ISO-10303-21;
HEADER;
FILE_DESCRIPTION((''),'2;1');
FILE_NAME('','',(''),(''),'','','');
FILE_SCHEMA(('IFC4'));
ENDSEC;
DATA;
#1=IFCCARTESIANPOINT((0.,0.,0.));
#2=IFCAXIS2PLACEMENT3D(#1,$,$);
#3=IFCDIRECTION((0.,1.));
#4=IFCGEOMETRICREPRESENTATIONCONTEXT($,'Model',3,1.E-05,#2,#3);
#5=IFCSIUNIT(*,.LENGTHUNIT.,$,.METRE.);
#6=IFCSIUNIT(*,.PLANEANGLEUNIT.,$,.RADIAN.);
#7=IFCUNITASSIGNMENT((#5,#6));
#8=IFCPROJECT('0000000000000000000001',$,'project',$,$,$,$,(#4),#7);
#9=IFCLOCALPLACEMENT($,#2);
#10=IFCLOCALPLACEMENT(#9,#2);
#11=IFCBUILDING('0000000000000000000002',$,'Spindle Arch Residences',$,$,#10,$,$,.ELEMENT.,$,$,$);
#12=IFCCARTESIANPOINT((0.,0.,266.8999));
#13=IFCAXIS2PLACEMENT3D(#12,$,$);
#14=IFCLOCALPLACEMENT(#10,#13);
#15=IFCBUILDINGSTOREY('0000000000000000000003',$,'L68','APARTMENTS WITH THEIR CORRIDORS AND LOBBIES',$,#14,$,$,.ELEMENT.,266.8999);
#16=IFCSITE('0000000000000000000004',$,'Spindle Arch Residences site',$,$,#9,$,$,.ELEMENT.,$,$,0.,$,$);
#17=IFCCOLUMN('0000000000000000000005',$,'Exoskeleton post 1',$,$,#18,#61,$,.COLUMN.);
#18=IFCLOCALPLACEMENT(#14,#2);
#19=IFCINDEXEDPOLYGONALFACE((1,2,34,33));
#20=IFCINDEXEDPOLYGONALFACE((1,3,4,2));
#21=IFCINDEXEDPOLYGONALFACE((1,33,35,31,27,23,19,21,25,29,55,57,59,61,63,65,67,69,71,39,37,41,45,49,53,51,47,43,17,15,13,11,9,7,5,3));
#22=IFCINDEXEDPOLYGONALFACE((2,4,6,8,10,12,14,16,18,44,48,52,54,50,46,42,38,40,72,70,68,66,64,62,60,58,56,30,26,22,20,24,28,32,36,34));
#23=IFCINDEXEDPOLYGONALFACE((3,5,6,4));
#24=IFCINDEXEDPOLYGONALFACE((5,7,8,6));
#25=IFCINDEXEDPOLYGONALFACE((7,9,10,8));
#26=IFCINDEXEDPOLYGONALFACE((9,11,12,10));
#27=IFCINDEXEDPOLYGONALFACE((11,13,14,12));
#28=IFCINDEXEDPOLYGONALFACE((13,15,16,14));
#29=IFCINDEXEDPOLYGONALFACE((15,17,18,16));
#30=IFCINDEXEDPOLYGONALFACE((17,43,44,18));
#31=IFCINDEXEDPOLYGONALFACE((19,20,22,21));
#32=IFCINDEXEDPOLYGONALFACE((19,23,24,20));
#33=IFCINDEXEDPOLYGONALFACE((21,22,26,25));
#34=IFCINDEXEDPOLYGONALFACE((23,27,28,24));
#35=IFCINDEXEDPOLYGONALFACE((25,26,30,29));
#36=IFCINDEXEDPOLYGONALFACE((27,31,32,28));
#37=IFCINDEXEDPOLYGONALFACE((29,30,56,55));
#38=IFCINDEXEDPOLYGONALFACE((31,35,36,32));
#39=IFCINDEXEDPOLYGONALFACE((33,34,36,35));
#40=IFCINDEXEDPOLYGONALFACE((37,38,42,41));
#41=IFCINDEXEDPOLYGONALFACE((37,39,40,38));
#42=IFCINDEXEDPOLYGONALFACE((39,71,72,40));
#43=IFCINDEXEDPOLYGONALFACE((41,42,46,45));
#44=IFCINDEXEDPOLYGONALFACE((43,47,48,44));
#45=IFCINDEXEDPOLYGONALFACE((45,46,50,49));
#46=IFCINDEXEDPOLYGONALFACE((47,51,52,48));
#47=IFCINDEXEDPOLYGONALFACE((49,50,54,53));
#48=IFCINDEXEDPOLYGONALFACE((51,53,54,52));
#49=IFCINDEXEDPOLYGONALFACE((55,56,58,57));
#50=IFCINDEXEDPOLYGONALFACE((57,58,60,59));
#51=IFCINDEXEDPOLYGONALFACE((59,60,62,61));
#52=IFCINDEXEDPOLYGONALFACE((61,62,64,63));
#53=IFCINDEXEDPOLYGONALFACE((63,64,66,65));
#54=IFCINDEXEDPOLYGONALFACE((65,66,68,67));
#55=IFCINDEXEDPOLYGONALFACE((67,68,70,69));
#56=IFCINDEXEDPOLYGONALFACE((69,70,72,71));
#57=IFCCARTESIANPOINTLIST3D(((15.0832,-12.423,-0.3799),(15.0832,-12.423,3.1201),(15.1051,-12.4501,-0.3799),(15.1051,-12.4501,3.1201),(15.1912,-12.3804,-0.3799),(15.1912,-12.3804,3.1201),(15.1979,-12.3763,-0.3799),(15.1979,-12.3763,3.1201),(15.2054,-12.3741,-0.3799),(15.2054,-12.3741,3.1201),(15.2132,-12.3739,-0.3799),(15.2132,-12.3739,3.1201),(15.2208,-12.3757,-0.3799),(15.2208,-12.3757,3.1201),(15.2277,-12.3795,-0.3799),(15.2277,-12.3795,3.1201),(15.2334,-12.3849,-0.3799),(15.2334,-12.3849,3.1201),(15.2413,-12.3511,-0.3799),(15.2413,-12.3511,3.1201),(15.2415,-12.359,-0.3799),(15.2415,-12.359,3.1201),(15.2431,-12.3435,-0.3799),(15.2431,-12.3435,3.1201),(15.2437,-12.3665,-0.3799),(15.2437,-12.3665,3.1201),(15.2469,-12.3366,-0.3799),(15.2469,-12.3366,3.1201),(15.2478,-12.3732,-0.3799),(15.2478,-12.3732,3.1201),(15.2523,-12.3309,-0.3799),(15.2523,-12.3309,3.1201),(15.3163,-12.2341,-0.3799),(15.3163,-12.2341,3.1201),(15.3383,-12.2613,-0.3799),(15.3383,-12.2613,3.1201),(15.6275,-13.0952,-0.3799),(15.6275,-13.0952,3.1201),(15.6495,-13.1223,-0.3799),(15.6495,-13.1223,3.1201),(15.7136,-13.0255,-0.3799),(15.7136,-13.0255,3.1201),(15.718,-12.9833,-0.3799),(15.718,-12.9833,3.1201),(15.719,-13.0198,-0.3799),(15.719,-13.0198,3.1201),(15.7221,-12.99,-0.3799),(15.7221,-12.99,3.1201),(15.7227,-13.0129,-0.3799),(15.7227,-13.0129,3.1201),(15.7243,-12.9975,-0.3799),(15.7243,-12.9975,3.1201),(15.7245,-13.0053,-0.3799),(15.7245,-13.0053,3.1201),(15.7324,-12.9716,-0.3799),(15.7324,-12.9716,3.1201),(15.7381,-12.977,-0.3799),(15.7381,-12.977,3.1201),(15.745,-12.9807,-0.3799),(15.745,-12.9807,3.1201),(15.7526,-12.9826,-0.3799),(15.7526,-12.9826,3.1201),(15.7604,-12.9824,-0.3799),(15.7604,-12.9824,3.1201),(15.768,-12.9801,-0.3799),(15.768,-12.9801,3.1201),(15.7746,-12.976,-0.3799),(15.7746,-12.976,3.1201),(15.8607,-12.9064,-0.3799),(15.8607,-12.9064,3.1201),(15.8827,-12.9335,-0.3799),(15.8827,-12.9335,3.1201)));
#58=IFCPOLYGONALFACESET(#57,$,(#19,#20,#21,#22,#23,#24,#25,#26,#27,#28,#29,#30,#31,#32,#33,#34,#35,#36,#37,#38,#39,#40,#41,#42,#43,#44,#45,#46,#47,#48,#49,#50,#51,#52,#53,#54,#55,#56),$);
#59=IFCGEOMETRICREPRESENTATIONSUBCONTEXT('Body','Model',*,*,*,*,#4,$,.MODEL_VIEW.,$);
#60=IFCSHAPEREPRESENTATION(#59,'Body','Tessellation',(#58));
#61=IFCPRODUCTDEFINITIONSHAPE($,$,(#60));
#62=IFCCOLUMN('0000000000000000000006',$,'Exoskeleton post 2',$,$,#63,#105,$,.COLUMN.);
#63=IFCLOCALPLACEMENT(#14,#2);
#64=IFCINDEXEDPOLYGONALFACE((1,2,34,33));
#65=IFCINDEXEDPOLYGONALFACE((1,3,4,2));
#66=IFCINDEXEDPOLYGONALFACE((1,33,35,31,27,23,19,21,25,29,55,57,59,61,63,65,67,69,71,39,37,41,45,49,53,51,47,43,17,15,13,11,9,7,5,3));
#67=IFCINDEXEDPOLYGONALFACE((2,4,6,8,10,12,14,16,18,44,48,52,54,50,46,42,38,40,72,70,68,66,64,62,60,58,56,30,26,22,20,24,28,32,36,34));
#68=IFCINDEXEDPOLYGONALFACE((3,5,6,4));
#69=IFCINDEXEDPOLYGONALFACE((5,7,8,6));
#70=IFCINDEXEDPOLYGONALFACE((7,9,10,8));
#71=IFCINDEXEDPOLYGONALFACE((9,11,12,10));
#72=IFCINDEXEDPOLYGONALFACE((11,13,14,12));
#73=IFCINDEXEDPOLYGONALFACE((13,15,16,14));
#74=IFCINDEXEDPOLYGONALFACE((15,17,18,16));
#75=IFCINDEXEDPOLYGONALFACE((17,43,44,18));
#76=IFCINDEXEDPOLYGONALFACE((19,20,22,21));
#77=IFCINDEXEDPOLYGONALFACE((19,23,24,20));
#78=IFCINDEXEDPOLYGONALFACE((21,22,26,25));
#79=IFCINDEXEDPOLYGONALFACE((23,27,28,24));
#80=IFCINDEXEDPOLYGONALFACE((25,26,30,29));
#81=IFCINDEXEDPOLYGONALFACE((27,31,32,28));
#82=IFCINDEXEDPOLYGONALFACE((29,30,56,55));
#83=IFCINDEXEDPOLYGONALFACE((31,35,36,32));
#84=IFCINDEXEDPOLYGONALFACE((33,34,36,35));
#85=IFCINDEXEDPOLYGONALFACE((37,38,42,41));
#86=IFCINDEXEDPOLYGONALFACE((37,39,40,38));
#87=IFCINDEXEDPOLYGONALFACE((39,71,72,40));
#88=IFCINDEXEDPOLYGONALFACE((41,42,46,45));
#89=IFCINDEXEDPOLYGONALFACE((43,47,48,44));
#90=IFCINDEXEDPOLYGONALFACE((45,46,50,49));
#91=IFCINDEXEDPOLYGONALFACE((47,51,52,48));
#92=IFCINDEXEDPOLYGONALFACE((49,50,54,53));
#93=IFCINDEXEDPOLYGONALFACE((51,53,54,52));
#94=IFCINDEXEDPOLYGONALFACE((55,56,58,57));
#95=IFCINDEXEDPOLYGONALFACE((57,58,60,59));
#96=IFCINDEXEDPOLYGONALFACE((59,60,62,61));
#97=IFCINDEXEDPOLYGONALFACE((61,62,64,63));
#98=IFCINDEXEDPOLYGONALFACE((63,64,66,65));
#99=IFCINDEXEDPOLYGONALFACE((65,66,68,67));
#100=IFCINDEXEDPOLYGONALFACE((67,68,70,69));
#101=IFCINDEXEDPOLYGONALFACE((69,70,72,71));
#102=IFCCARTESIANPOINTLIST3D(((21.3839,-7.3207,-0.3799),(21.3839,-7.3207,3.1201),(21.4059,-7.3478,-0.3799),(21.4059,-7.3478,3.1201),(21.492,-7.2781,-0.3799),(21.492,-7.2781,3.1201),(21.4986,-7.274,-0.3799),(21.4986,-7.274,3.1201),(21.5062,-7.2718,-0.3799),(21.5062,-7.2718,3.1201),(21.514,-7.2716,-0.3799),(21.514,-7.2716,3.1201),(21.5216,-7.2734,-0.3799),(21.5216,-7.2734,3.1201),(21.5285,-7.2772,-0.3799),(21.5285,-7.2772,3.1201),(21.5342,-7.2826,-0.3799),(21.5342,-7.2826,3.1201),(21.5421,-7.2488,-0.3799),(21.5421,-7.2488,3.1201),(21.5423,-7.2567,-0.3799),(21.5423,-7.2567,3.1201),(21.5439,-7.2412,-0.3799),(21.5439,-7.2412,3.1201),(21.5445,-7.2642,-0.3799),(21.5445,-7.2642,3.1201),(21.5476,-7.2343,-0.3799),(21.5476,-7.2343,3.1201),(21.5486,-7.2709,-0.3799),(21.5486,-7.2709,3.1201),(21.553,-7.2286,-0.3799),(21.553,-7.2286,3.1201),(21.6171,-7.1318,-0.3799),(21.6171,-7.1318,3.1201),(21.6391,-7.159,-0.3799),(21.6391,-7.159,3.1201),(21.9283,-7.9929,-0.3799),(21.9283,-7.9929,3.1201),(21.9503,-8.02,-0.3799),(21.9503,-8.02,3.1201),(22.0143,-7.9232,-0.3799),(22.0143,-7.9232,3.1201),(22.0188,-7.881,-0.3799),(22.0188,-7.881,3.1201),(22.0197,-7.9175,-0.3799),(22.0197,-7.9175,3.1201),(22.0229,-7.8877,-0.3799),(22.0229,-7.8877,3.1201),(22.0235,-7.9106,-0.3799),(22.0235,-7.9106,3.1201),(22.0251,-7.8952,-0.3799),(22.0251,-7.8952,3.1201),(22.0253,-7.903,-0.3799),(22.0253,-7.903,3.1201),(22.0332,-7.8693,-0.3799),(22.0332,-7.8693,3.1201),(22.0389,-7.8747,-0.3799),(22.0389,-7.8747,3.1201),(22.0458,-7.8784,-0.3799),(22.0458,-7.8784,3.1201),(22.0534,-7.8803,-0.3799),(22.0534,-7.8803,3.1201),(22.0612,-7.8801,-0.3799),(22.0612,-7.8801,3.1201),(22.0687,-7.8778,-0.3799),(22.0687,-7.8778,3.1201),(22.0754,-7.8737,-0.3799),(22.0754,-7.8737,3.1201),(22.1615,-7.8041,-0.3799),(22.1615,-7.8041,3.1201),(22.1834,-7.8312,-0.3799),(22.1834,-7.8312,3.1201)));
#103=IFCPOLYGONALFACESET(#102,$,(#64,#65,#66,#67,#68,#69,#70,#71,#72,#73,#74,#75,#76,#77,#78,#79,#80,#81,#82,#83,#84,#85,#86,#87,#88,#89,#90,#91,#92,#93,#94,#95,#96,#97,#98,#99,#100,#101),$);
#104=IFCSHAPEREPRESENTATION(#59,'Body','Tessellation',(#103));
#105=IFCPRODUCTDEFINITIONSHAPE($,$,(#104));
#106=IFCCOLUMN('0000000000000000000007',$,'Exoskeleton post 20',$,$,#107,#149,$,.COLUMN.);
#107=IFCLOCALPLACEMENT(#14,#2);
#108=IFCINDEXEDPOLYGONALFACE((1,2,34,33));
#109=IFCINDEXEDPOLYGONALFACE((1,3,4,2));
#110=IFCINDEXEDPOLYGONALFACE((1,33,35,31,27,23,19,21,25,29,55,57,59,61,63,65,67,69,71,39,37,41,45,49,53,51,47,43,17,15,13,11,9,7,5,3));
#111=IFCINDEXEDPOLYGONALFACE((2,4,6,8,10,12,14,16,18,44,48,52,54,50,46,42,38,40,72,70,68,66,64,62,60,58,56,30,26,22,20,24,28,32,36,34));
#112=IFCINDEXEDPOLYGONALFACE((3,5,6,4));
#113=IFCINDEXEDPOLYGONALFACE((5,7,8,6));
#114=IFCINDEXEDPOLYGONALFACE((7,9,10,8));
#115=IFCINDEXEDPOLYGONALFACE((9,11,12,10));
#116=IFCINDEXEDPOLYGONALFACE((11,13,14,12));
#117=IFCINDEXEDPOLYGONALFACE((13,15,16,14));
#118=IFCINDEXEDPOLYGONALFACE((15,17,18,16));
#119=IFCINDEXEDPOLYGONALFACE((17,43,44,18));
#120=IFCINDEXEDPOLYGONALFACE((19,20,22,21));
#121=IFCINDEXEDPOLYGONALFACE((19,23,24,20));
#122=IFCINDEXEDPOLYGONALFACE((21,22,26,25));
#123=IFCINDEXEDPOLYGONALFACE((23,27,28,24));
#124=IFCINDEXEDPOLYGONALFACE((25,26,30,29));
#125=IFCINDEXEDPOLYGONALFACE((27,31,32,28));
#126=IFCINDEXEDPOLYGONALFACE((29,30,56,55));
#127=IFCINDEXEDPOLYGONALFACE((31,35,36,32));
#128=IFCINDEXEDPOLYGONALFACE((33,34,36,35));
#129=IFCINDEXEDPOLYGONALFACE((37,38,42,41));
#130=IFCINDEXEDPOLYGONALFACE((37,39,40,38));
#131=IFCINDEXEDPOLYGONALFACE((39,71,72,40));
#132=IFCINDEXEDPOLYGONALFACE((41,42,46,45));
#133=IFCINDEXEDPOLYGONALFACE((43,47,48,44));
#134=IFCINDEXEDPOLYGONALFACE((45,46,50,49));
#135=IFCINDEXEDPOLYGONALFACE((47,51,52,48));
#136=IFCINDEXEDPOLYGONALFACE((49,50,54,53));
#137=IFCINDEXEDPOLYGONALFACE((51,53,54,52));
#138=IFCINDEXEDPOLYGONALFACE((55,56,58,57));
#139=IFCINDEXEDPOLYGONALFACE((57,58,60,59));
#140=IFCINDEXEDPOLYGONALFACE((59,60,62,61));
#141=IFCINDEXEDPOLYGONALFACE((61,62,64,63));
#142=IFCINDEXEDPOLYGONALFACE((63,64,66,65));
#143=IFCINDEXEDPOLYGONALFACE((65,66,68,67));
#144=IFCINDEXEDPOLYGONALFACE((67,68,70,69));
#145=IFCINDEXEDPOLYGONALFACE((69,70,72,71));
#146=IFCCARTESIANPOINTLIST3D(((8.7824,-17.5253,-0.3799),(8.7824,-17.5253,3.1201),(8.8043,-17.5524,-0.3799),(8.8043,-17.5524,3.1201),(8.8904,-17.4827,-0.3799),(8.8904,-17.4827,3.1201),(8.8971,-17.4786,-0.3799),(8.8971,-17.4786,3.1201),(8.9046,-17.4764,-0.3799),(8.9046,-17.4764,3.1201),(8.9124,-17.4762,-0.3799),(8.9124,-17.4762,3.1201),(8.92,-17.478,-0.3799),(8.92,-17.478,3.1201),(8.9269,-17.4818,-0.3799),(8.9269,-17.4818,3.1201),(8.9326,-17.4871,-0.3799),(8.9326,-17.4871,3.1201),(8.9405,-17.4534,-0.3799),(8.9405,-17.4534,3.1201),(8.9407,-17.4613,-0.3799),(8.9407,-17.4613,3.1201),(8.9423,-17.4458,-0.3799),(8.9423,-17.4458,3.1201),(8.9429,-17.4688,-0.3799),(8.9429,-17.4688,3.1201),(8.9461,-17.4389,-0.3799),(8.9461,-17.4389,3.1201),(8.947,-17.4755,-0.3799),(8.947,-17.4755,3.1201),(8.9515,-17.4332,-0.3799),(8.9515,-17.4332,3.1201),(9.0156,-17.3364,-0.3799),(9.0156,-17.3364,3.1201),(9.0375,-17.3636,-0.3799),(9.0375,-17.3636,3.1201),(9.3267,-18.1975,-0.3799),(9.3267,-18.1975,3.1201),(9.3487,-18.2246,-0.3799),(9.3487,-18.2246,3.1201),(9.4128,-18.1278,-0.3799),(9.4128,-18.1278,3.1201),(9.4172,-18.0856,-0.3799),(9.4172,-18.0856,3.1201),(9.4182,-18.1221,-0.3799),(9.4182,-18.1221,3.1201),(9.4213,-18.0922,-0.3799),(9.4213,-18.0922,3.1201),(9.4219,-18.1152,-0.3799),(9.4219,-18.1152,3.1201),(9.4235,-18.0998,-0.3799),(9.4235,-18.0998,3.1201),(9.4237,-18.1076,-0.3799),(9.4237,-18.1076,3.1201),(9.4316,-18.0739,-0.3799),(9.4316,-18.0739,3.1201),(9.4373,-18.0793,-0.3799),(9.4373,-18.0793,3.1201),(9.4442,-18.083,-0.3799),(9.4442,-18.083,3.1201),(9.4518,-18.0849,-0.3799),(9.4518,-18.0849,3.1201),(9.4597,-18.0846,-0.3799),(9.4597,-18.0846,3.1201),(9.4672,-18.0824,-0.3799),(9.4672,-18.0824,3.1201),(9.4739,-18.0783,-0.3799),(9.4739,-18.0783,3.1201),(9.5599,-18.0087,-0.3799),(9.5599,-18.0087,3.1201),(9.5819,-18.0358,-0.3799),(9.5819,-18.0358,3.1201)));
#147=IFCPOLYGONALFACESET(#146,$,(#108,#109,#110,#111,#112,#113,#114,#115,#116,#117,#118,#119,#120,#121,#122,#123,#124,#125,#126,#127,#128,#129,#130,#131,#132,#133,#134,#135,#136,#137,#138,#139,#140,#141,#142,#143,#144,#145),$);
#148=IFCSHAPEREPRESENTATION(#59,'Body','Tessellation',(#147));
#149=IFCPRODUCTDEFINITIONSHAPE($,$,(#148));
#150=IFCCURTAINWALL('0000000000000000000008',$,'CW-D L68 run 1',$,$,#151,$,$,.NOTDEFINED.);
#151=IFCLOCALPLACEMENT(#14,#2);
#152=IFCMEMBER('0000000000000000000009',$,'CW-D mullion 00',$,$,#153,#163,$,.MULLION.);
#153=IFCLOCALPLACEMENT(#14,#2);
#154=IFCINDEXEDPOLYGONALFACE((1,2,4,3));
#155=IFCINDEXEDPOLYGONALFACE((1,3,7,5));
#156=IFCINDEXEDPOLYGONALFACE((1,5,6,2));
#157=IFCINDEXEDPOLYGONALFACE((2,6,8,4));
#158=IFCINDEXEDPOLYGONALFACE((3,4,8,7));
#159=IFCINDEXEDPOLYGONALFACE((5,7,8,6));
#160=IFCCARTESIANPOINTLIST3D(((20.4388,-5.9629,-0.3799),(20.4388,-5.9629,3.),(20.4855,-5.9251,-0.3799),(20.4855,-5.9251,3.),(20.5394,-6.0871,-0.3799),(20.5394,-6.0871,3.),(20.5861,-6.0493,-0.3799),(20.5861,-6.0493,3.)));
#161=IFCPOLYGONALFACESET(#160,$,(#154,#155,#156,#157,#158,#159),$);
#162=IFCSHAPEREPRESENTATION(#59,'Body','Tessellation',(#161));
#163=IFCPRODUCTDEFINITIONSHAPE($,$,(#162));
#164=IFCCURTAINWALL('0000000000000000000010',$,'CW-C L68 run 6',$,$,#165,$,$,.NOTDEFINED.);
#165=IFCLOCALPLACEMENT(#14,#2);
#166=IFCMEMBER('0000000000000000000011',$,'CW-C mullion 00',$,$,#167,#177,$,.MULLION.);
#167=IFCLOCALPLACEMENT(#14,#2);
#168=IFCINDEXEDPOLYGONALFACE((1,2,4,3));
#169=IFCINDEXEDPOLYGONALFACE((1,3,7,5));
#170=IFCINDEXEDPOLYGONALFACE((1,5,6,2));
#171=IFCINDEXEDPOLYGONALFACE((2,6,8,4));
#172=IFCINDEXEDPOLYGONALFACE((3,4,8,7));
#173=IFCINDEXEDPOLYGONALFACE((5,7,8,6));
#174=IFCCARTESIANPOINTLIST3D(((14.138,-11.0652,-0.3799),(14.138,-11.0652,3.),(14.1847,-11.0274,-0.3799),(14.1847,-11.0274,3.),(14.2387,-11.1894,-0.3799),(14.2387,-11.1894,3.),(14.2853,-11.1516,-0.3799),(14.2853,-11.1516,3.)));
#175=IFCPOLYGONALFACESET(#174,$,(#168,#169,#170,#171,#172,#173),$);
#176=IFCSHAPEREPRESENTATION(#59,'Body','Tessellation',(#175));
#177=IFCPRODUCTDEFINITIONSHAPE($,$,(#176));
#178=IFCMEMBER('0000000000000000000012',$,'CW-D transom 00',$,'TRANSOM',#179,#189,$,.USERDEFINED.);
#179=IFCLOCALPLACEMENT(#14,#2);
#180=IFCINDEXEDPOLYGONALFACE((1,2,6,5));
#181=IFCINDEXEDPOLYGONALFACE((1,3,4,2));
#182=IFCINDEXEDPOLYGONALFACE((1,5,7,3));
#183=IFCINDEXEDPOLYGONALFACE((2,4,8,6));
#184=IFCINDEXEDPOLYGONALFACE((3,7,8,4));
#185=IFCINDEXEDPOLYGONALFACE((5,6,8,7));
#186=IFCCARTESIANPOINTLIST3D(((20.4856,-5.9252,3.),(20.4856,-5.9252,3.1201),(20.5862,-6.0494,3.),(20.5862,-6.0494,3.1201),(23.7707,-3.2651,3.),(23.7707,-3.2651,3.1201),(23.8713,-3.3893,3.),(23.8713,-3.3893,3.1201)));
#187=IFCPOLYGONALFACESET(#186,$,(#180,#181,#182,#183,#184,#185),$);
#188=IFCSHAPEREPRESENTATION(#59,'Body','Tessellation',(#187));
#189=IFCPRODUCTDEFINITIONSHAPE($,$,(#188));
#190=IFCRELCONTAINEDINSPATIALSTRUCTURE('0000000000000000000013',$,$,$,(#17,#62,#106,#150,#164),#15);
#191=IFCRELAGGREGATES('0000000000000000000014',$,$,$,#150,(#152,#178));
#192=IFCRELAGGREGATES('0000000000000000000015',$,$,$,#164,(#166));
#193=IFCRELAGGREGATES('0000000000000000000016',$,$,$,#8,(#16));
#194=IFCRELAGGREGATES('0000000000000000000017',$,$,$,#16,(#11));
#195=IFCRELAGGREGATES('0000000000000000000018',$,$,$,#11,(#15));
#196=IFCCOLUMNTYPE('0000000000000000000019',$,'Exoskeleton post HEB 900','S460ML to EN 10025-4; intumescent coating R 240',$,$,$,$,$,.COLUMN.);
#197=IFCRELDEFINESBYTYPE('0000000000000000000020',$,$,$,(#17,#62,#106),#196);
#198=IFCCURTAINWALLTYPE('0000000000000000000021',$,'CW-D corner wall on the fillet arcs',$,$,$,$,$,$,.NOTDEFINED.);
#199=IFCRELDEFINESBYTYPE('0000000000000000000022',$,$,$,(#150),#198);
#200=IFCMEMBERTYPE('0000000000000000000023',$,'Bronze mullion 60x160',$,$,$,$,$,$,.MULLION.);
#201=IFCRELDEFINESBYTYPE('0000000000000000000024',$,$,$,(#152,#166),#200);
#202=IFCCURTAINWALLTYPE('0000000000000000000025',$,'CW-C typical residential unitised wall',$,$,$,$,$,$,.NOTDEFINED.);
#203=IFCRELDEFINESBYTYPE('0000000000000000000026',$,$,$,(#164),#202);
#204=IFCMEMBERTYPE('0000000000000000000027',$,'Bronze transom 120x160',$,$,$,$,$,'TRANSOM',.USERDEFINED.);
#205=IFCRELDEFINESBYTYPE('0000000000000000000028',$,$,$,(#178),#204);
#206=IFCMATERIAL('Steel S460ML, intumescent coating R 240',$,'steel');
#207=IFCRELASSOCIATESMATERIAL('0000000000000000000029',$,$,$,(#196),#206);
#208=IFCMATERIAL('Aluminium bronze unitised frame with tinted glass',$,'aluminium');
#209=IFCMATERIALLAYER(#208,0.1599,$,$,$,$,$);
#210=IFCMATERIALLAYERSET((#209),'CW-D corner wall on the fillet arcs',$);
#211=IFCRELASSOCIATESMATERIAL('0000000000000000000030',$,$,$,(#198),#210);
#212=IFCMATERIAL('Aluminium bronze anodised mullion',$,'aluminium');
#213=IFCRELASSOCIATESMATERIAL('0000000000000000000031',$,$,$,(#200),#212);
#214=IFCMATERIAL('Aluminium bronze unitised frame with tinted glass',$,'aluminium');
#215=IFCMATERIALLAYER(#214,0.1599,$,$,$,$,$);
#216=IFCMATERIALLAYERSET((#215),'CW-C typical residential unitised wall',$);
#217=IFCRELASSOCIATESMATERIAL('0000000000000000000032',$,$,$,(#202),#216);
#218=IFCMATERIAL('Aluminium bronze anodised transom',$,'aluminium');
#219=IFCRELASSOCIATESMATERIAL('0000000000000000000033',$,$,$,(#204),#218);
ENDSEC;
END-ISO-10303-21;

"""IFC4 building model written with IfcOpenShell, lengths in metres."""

from ifc_helpers import new_model, si_unit, direction, frame, origin, origin_2d, place, context, subcontext, project, spatial, rectangle, i_section, extrude, material, layer, layer_set, material_profile, profile_set, type_object, element, aggregate, save


model = new_model("IFC4")

# Units and contexts
model_context = context("Model", 3, precision=1e-05, world=origin(), true_north=direction((0.0, 1.0)))
body_context = subcontext(model_context, "Body", "Model", "MODEL_VIEW")
ifc_project = project(units=[si_unit("LENGTHUNIT", "METRE"), si_unit("PLANEANGLEUNIT", "RADIAN")], contexts=[model_context])

# Site, building, storey
site_placement = place(None, origin())
site = spatial("IfcSite", under=ifc_project, at=site_placement, Name="Spindle Arch Residences site", CompositionType="ELEMENT", RefElevation=0.0)
building_placement = place(site_placement, origin())
building = spatial("IfcBuilding", under=site, at=building_placement, Name="Spindle Arch Residences", CompositionType="ELEMENT")
storey_placement = place(building_placement, frame((0.0, 0.0, 266.8999)))
storey = spatial("IfcBuildingStorey", under=building, at=storey_placement, Name="L68", Description="APARTMENTS WITH THEIR CORRIDORS AND LOBBIES", CompositionType="ELEMENT", Elevation=266.8999)

# Columns
ifc_material_1 = material(Name="Steel S460ML, intumescent coating R 240", Category="steel")
ifc_material_profile_1 = material_profile(ifc_material_1, i_section(OverallWidth=0.3, OverallDepth=0.8999, WebThickness=0.0186, FlangeThickness=0.0349, FilletRadius=0.03, at=origin_2d()), Name="HEB 900")
ifc_profile_set_1 = profile_set([ifc_material_profile_1], Name="Steel S460ML, intumescent coating R 240")
column_type = type_object("IfcColumnType", Name="Exoskeleton post HEB 900", Description="S460ML to EN 10025-4; intumescent coating R 240", PredefinedType="COLUMN", material=ifc_profile_set_1)
for number, where, z_axis, x_axis, name in (
    (1, (15.4829, -12.6782, -0.3799), (0.0, 0.0, 1.0), (-0.777146, -0.62932, 0.0), "Exoskeleton post 1"),
    (2, (21.7837, -7.5759, -0.3799), (0.0, 0.0, 1.0), (-0.777146, -0.62932, 0.0), "Exoskeleton post 2"),
    (3, (9.1821, -17.7805, -0.3799), (0.0, 0.0, 1.0), (-0.777146, -0.62932, 0.0), "Exoskeleton post 20"),
):
    element("IfcColumn", number, at=place(storey_placement, frame(where, z_axis=z_axis, x_axis=x_axis)), inside=storey, type_object=column_type, Name=name, PredefinedType="COLUMN", context=body_context, shape_type="SweptSolid", body=[
        extrude(i_section(OverallWidth=0.3, OverallDepth=0.8999, WebThickness=0.0186, FlangeThickness=0.0349, FilletRadius=0.03, at=origin_2d()), origin(), (0.0, 0.0, 1.0), 3.5),
    ])

# Curtain walls, members
ifc_material_2 = material(Name="Aluminium bronze unitised frame with tinted glass", Category="aluminium")
ifc_layer_1 = layer(ifc_material_2, 0.1599)
ifc_layer_set_1 = layer_set([ifc_layer_1], Name="CW-D corner wall on the fillet arcs")
curtain_wall_type_1 = type_object("IfcCurtainWallType", Name="CW-D corner wall on the fillet arcs", PredefinedType="NOTDEFINED", material=ifc_layer_set_1)
curtain_wall_1_placement = place(storey_placement, origin())
curtain_wall_1 = element("IfcCurtainWall", 4, at=curtain_wall_1_placement, inside=storey, type_object=curtain_wall_type_1, Name="CW-D L68 run 1", PredefinedType="NOTDEFINED")
ifc_material_3 = material(Name="Aluminium bronze anodised mullion", Category="aluminium")
ifc_material_profile_2 = material_profile(ifc_material_3, rectangle(XDim=0.1599, YDim=0.0601, at=origin_2d()), Name="MU 60x160")
ifc_profile_set_2 = profile_set([ifc_material_profile_2], Name="Aluminium bronze anodised mullion")
member_type_1 = type_object("IfcMemberType", Name="Bronze mullion 60x160", PredefinedType="MULLION", material=ifc_profile_set_2)
member_1_placement = place(storey_placement, frame((20.5125, -6.0061, -0.3799), z_axis=(0.0, 0.0, 1.0), x_axis=(-0.62932, 0.777146, 0.0)))
member_1 = element("IfcMember", 5, at=member_1_placement, type_object=member_type_1, Name="CW-D mullion 00", PredefinedType="MULLION", context=body_context, shape_type="SweptSolid", body=[
    extrude(rectangle(XDim=0.1599, YDim=0.0601, at=origin_2d()), origin(), (0.0, 0.0, 1.0), 3.3799),
])
ifc_material_4 = material(Name="Aluminium bronze unitised frame with tinted glass", Category="aluminium")
ifc_layer_2 = layer(ifc_material_4, 0.1599)
ifc_layer_set_2 = layer_set([ifc_layer_2], Name="CW-C typical residential unitised wall")
curtain_wall_type_2 = type_object("IfcCurtainWallType", Name="CW-C typical residential unitised wall", PredefinedType="NOTDEFINED", material=ifc_layer_set_2)
curtain_wall_2_placement = place(storey_placement, origin())
curtain_wall_2 = element("IfcCurtainWall", 6, at=curtain_wall_2_placement, inside=storey, type_object=curtain_wall_type_2, Name="CW-C L68 run 6", PredefinedType="NOTDEFINED")
member_2_placement = place(storey_placement, frame((14.2117, -11.1084, -0.3799), z_axis=(0.0, 0.0, 1.0), x_axis=(-0.62932, 0.777146, 0.0)))
member_2 = element("IfcMember", 7, at=member_2_placement, type_object=member_type_1, Name="CW-C mullion 00", PredefinedType="MULLION", context=body_context, shape_type="SweptSolid", body=[
    extrude(rectangle(XDim=0.1599, YDim=0.0601, at=origin_2d()), origin(), (0.0, 0.0, 1.0), 3.3799),
])

# Member
ifc_material_5 = material(Name="Aluminium bronze anodised transom", Category="aluminium")
ifc_material_profile_3 = material_profile(ifc_material_5, rectangle(XDim=0.1599, YDim=0.1201, at=origin_2d()), Name="TR 120x160")
ifc_profile_set_3 = profile_set([ifc_material_profile_3], Name="Aluminium bronze anodised transom")
member_type_2 = type_object("IfcMemberType", Name="Bronze transom 120x160", ElementType="TRANSOM", PredefinedType="USERDEFINED", material=ifc_profile_set_3)
member_3_placement = place(storey_placement, frame((20.5359, -5.9873, 3.0601), z_axis=(0.777159, 0.629305, 0.0), x_axis=(-0.629305, 0.777159, 0.0)))
member_3 = element("IfcMember", 8, at=member_3_placement, type_object=member_type_2, Name="CW-D transom 00", ObjectType="TRANSOM", PredefinedType="USERDEFINED", context=body_context, shape_type="SweptSolid", body=[
    extrude(rectangle(XDim=0.1599, YDim=0.1201, at=origin_2d()), origin(), (0.0, 0.0, 1.0), 4.2271),
])
aggregate(curtain_wall_1, [member_1, member_3])

aggregate(curtain_wall_2, [member_2])

save(model, "model.ifc")
